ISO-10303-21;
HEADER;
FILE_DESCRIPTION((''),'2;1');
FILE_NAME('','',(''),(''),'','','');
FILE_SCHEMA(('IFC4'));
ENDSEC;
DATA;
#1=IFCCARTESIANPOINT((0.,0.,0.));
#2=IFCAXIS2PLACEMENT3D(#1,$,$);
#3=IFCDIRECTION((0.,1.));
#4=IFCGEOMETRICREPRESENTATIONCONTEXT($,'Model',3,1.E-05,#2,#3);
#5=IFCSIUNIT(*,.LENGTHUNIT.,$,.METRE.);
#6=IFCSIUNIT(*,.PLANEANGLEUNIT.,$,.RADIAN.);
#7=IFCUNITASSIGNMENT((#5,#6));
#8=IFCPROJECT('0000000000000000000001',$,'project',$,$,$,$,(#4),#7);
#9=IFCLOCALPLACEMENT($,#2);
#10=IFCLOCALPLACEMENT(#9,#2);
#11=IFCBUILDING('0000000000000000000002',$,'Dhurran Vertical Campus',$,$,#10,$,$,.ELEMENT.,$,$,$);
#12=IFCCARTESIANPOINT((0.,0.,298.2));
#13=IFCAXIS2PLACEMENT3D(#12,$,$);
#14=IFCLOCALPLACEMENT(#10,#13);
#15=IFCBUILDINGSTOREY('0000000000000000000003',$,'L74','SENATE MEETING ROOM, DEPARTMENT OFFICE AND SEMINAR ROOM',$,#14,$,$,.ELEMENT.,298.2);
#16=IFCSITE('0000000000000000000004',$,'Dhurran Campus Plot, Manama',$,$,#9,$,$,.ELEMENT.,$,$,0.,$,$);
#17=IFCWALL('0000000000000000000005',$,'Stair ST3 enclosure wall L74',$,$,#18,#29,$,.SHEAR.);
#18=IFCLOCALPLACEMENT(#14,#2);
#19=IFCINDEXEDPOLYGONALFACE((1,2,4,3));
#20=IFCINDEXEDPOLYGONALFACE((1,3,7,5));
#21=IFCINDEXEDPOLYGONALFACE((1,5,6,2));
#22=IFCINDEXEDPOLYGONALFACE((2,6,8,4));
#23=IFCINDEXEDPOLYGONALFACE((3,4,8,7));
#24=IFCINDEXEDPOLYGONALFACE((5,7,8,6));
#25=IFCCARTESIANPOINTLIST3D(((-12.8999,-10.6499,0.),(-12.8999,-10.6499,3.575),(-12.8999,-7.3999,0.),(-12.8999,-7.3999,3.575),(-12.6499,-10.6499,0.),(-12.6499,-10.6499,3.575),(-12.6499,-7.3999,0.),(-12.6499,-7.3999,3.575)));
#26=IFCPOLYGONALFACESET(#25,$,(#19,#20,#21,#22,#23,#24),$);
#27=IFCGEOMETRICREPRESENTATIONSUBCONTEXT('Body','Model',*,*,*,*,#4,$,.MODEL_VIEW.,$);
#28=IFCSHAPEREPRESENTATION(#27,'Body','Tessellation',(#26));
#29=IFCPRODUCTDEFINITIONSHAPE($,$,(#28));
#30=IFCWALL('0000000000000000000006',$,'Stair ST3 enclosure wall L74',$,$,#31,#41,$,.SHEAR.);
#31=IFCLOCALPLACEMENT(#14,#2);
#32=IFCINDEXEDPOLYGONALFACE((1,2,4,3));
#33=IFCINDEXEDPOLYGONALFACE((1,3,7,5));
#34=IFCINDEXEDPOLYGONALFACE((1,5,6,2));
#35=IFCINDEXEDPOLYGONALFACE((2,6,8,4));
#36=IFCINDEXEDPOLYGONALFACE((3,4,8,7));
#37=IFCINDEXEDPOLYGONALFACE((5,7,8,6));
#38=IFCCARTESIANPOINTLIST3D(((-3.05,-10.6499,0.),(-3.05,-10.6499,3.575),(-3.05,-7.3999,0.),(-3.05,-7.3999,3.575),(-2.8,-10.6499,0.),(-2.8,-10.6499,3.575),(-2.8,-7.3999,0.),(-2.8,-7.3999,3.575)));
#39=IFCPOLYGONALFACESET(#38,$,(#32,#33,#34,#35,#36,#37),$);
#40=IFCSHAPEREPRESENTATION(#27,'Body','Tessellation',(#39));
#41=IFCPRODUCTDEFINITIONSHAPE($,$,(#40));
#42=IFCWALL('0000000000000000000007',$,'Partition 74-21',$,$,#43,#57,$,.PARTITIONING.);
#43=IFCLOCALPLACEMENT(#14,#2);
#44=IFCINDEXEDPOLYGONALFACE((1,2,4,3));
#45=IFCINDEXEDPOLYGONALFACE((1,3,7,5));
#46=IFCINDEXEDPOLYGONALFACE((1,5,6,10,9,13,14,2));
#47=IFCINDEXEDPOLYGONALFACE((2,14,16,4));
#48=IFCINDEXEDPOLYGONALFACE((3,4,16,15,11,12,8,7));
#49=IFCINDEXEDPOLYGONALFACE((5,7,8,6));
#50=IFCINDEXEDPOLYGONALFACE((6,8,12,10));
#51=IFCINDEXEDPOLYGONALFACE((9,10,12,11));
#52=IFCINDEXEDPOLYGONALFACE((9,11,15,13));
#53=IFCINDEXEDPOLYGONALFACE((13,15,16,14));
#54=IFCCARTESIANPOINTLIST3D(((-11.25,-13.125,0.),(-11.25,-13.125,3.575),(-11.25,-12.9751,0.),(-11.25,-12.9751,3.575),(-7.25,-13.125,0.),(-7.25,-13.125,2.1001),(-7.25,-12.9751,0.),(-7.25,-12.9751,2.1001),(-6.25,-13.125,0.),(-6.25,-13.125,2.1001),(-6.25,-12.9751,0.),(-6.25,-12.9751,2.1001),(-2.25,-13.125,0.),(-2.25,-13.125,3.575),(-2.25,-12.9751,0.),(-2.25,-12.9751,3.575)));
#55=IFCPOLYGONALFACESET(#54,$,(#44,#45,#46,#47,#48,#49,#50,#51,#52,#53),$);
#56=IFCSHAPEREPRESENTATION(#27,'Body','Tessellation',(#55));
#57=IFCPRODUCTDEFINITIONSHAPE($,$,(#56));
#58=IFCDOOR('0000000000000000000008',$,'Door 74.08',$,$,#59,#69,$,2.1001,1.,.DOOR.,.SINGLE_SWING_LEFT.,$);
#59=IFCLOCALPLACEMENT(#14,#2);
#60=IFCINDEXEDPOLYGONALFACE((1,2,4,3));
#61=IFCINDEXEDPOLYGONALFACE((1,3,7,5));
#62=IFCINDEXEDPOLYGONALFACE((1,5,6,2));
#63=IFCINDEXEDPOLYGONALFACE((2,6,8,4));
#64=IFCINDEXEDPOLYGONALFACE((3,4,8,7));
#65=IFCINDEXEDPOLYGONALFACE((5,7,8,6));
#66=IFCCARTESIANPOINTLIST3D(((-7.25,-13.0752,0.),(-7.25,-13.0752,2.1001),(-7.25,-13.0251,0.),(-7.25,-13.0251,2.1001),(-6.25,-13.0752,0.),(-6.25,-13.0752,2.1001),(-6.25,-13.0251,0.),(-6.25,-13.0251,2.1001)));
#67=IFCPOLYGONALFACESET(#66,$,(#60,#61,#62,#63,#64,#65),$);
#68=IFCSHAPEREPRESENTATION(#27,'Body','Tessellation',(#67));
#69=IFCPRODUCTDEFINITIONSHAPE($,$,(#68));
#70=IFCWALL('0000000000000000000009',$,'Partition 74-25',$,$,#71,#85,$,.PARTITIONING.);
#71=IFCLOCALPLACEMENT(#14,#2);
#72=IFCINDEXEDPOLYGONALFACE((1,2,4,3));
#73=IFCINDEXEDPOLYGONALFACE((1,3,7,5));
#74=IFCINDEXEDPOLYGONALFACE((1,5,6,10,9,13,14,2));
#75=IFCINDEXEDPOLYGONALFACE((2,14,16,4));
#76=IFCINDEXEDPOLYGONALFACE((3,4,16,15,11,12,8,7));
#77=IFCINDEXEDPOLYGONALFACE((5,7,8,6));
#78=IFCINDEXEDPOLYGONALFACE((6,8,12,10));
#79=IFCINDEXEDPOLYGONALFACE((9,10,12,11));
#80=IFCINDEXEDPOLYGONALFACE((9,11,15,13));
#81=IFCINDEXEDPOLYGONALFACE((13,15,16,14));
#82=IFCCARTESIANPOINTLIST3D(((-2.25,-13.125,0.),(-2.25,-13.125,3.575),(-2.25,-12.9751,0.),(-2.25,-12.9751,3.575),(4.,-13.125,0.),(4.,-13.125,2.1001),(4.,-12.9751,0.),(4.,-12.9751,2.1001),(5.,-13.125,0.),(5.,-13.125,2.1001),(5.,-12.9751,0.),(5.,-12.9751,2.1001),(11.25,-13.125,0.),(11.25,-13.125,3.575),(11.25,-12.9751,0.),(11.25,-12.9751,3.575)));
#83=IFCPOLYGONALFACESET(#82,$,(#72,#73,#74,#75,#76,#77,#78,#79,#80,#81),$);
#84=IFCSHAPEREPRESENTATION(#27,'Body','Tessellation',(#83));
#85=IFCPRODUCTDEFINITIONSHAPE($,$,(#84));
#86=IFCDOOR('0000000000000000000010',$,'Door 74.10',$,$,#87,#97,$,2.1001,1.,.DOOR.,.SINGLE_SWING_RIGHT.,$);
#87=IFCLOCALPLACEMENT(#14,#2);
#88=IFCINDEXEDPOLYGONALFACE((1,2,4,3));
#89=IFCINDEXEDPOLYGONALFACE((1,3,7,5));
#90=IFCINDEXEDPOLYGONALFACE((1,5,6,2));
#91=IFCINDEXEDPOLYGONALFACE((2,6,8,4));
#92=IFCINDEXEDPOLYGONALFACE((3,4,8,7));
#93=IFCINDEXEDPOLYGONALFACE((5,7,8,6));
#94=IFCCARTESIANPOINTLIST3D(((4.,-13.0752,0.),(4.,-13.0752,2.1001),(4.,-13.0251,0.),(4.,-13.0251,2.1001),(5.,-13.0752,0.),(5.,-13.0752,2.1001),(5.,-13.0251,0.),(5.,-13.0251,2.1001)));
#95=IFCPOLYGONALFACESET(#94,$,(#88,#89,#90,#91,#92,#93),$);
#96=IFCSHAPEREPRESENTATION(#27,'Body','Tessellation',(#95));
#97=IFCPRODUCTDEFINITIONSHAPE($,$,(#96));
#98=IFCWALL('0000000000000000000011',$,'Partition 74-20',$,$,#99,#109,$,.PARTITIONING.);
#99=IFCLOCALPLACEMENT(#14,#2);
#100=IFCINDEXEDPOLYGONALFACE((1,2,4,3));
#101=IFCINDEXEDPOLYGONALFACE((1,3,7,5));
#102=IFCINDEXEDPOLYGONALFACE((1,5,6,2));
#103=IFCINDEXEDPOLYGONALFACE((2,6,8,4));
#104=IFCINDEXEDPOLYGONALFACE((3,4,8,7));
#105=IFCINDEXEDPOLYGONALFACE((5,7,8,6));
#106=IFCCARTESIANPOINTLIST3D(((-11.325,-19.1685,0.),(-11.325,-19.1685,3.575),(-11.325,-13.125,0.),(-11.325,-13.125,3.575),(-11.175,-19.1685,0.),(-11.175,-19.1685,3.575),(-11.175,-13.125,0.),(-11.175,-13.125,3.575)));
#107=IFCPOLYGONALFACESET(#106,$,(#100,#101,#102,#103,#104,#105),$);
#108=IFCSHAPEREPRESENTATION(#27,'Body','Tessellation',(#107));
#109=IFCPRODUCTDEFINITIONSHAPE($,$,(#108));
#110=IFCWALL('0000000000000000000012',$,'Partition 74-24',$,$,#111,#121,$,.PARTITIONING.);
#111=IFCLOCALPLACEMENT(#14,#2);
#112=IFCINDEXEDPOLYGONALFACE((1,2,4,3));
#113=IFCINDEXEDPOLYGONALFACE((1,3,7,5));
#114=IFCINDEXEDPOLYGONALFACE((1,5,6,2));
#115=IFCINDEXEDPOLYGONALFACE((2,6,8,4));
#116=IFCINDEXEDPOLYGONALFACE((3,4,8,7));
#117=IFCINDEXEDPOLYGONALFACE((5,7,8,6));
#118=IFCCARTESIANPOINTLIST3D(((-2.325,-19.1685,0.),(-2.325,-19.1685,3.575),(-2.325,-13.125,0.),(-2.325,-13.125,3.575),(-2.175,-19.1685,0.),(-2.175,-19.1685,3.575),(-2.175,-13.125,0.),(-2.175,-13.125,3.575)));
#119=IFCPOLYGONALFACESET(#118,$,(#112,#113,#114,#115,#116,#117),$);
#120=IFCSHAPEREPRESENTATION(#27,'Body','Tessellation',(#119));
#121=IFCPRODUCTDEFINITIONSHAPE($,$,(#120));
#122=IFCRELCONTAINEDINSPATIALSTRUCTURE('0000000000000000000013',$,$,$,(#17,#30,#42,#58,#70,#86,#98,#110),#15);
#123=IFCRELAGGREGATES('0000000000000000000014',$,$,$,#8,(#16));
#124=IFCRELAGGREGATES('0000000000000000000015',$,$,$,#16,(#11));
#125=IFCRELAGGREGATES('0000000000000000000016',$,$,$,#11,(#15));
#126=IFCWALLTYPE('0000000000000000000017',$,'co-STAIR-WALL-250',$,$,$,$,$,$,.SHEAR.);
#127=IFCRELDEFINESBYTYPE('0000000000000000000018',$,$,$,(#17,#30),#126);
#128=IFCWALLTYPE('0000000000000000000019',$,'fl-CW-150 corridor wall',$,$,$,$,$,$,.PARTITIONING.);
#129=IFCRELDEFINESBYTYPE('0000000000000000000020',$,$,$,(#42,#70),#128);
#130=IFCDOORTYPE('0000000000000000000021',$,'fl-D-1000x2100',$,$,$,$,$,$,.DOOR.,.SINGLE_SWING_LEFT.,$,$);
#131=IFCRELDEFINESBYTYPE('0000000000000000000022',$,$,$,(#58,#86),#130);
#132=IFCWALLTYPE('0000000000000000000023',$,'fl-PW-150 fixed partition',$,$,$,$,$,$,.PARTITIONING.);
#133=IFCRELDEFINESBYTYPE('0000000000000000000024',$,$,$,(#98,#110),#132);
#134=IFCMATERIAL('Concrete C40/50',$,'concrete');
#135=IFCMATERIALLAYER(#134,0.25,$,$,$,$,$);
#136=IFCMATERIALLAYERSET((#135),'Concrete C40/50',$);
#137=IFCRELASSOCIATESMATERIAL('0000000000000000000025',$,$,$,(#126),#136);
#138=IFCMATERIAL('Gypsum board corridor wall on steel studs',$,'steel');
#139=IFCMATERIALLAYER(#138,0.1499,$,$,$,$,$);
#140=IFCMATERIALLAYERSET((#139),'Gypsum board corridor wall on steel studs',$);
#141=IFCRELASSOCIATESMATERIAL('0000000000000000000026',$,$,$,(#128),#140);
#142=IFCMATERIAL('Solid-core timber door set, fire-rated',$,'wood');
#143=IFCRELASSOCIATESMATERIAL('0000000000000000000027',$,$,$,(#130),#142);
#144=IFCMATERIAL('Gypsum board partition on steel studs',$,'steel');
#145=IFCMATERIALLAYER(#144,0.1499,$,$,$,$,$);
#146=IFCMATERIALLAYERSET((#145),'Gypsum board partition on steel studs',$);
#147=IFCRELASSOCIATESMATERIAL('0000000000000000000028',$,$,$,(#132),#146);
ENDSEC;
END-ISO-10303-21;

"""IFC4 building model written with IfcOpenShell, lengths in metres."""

from ifc_helpers import new_model, si_unit, direction, frame, frame_2d, origin, place, context, subcontext, project, spatial, rectangle, extrude, material, layer, layer_set, type_object, element, fill, save


model = new_model("IFC4")

# Units and contexts
model_context = context("Model", 3, precision=1e-05, world=origin(), true_north=direction((0.0, 1.0)))
body_context = subcontext(model_context, "Body", "Model", "MODEL_VIEW")
ifc_project = project(units=[si_unit("LENGTHUNIT", "METRE"), si_unit("PLANEANGLEUNIT", "RADIAN")], contexts=[model_context])

# Site, building, storey
site_placement = place(None, origin())
site = spatial("IfcSite", under=ifc_project, at=site_placement, Name="Dhurran Campus Plot, Manama", CompositionType="ELEMENT", RefElevation=0.0)
building_placement = place(site_placement, origin())
building = spatial("IfcBuilding", under=site, at=building_placement, Name="Dhurran Vertical Campus", CompositionType="ELEMENT")
storey_placement = place(building_placement, frame((0.0, 0.0, 298.2)))
storey = spatial("IfcBuildingStorey", under=building, at=storey_placement, Name="L74", Description="SENATE MEETING ROOM, DEPARTMENT OFFICE AND SEMINAR ROOM", CompositionType="ELEMENT", Elevation=298.2)

# Walls
ifc_material_1 = material(Name="Concrete C40/50", Category="concrete")
ifc_layer_1 = layer(ifc_material_1, 0.25)
ifc_layer_set_1 = layer_set([ifc_layer_1], Name="Concrete C40/50")
wall_type_1 = type_object("IfcWallType", Name="co-STAIR-WALL-250", PredefinedType="SHEAR", material=ifc_layer_set_1)
for number, where, z_axis, x_axis, name in (
    (1, (-12.7749, -10.6499, 0.0), (0.0, 0.0, 1.0), (0.0, 1.0, 0.0), "Stair ST3 enclosure wall L74"),
    (2, (-2.925, -10.6499, 0.0), (0.0, 0.0, 1.0), (0.0, 1.0, 0.0), "Stair ST3 enclosure wall L74"),
):
    element("IfcWall", number, at=place(storey_placement, frame(where, z_axis=z_axis, x_axis=x_axis)), inside=storey, type_object=wall_type_1, Name=name, PredefinedType="SHEAR", context=body_context, shape_type="SweptSolid", body=[
        extrude(rectangle(XDim=3.25, YDim=0.25, at=frame_2d((1.625, 0.0))), origin(), (0.0, 0.0, 1.0), 3.575),
    ])

# Walls, openings, doors
ifc_material_2 = material(Name="Gypsum board corridor wall on steel studs", Category="steel")
ifc_layer_2 = layer(ifc_material_2, 0.1499)
ifc_layer_set_2 = layer_set([ifc_layer_2], Name="Gypsum board corridor wall on steel studs")
wall_type_2 = type_object("IfcWallType", Name="fl-CW-150 corridor wall", PredefinedType="PARTITIONING", material=ifc_layer_set_2)
wall_1_placement = place(storey_placement, frame((-11.25, -13.05, 0.0), z_axis=(0.0, 0.0, 1.0), x_axis=(1.0, 0.0, 0.0)))
wall_1 = element("IfcWall", 3, at=wall_1_placement, inside=storey, type_object=wall_type_2, Name="Partition 74-21", PredefinedType="PARTITIONING", context=body_context, shape_type="SweptSolid", body=[
    extrude(rectangle(XDim=9.0, YDim=0.1499, at=frame_2d((4.5, 0.0))), origin(), (0.0, 0.0, 1.0), 3.575),
])
opening_1_placement = place(wall_1_placement, frame((4.0, 0.0, 0.0)))
opening_1 = element("IfcOpeningElement", 4, at=opening_1_placement, cuts=wall_1, PredefinedType="OPENING", context=body_context, shape_type="SweptSolid", body=[
    extrude(rectangle(XDim=1.0, YDim=2.1001, at=frame_2d((0.5, 1.05))), frame((0.0, 0.085, 0.0), z_axis=(0.0, -1.0, 0.0), x_axis=(1.0, 0.0, 0.0)), (0.0, 0.0, 1.0), 0.1699),
])
ifc_material_3 = material(Name="Solid-core timber door set, fire-rated", Category="wood")
door_type_1 = type_object("IfcDoorType", Name="fl-D-1000x2100", OperationType="SINGLE_SWING_LEFT", PredefinedType="DOOR", material=ifc_material_3)
door_1_placement = place(opening_1_placement, origin())
door_1 = element("IfcDoor", 5, at=door_1_placement, inside=storey, type_object=door_type_1, Name="Door 74.08", OperationType="SINGLE_SWING_LEFT", OverallHeight=2.1001, OverallWidth=1.0, PredefinedType="DOOR", context=body_context, shape_type="SweptSolid", body=[
    extrude(rectangle(XDim=1.0, YDim=2.1001, at=frame_2d((0.5, 1.05))), frame((0.0, 0.0249, 0.0), z_axis=(0.0, -1.0, 0.0), x_axis=(1.0, 0.0, 0.0)), (0.0, 0.0, 1.0), 0.05),
])
fill(opening_1, door_1)
wall_2_placement = place(storey_placement, frame((-2.25, -13.05, 0.0), z_axis=(0.0, 0.0, 1.0), x_axis=(1.0, 0.0, 0.0)))
wall_2 = element("IfcWall", 6, at=wall_2_placement, inside=storey, type_object=wall_type_2, Name="Partition 74-25", PredefinedType="PARTITIONING", context=body_context, shape_type="SweptSolid", body=[
    extrude(rectangle(XDim=13.5, YDim=0.1499, at=frame_2d((6.75, 0.0))), origin(), (0.0, 0.0, 1.0), 3.575),
])
opening_2_placement = place(wall_2_placement, frame((6.25, 0.0, 0.0)))
opening_2 = element("IfcOpeningElement", 7, at=opening_2_placement, cuts=wall_2, PredefinedType="OPENING", context=body_context, shape_type="SweptSolid", body=[
    extrude(rectangle(XDim=1.0, YDim=2.1001, at=frame_2d((0.5, 1.05))), frame((0.0, 0.085, 0.0), z_axis=(0.0, -1.0, 0.0), x_axis=(1.0, 0.0, 0.0)), (0.0, 0.0, 1.0), 0.1699),
])
door_2_placement = place(opening_2_placement, origin())
door_2 = element("IfcDoor", 8, at=door_2_placement, inside=storey, type_object=door_type_1, Name="Door 74.10", OperationType="SINGLE_SWING_RIGHT", OverallHeight=2.1001, OverallWidth=1.0, PredefinedType="DOOR", context=body_context, shape_type="SweptSolid", body=[
    extrude(rectangle(XDim=1.0, YDim=2.1001, at=frame_2d((0.5, 1.05))), frame((0.0, 0.0249, 0.0), z_axis=(0.0, -1.0, 0.0), x_axis=(1.0, 0.0, 0.0)), (0.0, 0.0, 1.0), 0.05),
])
fill(opening_2, door_2)

# Walls
ifc_material_4 = material(Name="Gypsum board partition on steel studs", Category="steel")
ifc_layer_3 = layer(ifc_material_4, 0.1499)
ifc_layer_set_3 = layer_set([ifc_layer_3], Name="Gypsum board partition on steel studs")
wall_type_3 = type_object("IfcWallType", Name="fl-PW-150 fixed partition", PredefinedType="PARTITIONING", material=ifc_layer_set_3)
for number, where, z_axis, x_axis, name in (
    (9, (-11.25, -13.125, 0.0), (0.0, 0.0, 1.0), (0.0, -1.0, 0.0), "Partition 74-20"),
    (10, (-2.25, -13.125, 0.0), (0.0, 0.0, 1.0), (0.0, -1.0, 0.0), "Partition 74-24"),
):
    element("IfcWall", number, at=place(storey_placement, frame(where, z_axis=z_axis, x_axis=x_axis)), inside=storey, type_object=wall_type_3, Name=name, PredefinedType="PARTITIONING", context=body_context, shape_type="SweptSolid", body=[
        extrude(rectangle(XDim=6.0435, YDim=0.1499, at=frame_2d((3.0217, 0.0))), origin(), (0.0, 0.0, 1.0), 3.575),
    ])

save(model, "model.ifc")
